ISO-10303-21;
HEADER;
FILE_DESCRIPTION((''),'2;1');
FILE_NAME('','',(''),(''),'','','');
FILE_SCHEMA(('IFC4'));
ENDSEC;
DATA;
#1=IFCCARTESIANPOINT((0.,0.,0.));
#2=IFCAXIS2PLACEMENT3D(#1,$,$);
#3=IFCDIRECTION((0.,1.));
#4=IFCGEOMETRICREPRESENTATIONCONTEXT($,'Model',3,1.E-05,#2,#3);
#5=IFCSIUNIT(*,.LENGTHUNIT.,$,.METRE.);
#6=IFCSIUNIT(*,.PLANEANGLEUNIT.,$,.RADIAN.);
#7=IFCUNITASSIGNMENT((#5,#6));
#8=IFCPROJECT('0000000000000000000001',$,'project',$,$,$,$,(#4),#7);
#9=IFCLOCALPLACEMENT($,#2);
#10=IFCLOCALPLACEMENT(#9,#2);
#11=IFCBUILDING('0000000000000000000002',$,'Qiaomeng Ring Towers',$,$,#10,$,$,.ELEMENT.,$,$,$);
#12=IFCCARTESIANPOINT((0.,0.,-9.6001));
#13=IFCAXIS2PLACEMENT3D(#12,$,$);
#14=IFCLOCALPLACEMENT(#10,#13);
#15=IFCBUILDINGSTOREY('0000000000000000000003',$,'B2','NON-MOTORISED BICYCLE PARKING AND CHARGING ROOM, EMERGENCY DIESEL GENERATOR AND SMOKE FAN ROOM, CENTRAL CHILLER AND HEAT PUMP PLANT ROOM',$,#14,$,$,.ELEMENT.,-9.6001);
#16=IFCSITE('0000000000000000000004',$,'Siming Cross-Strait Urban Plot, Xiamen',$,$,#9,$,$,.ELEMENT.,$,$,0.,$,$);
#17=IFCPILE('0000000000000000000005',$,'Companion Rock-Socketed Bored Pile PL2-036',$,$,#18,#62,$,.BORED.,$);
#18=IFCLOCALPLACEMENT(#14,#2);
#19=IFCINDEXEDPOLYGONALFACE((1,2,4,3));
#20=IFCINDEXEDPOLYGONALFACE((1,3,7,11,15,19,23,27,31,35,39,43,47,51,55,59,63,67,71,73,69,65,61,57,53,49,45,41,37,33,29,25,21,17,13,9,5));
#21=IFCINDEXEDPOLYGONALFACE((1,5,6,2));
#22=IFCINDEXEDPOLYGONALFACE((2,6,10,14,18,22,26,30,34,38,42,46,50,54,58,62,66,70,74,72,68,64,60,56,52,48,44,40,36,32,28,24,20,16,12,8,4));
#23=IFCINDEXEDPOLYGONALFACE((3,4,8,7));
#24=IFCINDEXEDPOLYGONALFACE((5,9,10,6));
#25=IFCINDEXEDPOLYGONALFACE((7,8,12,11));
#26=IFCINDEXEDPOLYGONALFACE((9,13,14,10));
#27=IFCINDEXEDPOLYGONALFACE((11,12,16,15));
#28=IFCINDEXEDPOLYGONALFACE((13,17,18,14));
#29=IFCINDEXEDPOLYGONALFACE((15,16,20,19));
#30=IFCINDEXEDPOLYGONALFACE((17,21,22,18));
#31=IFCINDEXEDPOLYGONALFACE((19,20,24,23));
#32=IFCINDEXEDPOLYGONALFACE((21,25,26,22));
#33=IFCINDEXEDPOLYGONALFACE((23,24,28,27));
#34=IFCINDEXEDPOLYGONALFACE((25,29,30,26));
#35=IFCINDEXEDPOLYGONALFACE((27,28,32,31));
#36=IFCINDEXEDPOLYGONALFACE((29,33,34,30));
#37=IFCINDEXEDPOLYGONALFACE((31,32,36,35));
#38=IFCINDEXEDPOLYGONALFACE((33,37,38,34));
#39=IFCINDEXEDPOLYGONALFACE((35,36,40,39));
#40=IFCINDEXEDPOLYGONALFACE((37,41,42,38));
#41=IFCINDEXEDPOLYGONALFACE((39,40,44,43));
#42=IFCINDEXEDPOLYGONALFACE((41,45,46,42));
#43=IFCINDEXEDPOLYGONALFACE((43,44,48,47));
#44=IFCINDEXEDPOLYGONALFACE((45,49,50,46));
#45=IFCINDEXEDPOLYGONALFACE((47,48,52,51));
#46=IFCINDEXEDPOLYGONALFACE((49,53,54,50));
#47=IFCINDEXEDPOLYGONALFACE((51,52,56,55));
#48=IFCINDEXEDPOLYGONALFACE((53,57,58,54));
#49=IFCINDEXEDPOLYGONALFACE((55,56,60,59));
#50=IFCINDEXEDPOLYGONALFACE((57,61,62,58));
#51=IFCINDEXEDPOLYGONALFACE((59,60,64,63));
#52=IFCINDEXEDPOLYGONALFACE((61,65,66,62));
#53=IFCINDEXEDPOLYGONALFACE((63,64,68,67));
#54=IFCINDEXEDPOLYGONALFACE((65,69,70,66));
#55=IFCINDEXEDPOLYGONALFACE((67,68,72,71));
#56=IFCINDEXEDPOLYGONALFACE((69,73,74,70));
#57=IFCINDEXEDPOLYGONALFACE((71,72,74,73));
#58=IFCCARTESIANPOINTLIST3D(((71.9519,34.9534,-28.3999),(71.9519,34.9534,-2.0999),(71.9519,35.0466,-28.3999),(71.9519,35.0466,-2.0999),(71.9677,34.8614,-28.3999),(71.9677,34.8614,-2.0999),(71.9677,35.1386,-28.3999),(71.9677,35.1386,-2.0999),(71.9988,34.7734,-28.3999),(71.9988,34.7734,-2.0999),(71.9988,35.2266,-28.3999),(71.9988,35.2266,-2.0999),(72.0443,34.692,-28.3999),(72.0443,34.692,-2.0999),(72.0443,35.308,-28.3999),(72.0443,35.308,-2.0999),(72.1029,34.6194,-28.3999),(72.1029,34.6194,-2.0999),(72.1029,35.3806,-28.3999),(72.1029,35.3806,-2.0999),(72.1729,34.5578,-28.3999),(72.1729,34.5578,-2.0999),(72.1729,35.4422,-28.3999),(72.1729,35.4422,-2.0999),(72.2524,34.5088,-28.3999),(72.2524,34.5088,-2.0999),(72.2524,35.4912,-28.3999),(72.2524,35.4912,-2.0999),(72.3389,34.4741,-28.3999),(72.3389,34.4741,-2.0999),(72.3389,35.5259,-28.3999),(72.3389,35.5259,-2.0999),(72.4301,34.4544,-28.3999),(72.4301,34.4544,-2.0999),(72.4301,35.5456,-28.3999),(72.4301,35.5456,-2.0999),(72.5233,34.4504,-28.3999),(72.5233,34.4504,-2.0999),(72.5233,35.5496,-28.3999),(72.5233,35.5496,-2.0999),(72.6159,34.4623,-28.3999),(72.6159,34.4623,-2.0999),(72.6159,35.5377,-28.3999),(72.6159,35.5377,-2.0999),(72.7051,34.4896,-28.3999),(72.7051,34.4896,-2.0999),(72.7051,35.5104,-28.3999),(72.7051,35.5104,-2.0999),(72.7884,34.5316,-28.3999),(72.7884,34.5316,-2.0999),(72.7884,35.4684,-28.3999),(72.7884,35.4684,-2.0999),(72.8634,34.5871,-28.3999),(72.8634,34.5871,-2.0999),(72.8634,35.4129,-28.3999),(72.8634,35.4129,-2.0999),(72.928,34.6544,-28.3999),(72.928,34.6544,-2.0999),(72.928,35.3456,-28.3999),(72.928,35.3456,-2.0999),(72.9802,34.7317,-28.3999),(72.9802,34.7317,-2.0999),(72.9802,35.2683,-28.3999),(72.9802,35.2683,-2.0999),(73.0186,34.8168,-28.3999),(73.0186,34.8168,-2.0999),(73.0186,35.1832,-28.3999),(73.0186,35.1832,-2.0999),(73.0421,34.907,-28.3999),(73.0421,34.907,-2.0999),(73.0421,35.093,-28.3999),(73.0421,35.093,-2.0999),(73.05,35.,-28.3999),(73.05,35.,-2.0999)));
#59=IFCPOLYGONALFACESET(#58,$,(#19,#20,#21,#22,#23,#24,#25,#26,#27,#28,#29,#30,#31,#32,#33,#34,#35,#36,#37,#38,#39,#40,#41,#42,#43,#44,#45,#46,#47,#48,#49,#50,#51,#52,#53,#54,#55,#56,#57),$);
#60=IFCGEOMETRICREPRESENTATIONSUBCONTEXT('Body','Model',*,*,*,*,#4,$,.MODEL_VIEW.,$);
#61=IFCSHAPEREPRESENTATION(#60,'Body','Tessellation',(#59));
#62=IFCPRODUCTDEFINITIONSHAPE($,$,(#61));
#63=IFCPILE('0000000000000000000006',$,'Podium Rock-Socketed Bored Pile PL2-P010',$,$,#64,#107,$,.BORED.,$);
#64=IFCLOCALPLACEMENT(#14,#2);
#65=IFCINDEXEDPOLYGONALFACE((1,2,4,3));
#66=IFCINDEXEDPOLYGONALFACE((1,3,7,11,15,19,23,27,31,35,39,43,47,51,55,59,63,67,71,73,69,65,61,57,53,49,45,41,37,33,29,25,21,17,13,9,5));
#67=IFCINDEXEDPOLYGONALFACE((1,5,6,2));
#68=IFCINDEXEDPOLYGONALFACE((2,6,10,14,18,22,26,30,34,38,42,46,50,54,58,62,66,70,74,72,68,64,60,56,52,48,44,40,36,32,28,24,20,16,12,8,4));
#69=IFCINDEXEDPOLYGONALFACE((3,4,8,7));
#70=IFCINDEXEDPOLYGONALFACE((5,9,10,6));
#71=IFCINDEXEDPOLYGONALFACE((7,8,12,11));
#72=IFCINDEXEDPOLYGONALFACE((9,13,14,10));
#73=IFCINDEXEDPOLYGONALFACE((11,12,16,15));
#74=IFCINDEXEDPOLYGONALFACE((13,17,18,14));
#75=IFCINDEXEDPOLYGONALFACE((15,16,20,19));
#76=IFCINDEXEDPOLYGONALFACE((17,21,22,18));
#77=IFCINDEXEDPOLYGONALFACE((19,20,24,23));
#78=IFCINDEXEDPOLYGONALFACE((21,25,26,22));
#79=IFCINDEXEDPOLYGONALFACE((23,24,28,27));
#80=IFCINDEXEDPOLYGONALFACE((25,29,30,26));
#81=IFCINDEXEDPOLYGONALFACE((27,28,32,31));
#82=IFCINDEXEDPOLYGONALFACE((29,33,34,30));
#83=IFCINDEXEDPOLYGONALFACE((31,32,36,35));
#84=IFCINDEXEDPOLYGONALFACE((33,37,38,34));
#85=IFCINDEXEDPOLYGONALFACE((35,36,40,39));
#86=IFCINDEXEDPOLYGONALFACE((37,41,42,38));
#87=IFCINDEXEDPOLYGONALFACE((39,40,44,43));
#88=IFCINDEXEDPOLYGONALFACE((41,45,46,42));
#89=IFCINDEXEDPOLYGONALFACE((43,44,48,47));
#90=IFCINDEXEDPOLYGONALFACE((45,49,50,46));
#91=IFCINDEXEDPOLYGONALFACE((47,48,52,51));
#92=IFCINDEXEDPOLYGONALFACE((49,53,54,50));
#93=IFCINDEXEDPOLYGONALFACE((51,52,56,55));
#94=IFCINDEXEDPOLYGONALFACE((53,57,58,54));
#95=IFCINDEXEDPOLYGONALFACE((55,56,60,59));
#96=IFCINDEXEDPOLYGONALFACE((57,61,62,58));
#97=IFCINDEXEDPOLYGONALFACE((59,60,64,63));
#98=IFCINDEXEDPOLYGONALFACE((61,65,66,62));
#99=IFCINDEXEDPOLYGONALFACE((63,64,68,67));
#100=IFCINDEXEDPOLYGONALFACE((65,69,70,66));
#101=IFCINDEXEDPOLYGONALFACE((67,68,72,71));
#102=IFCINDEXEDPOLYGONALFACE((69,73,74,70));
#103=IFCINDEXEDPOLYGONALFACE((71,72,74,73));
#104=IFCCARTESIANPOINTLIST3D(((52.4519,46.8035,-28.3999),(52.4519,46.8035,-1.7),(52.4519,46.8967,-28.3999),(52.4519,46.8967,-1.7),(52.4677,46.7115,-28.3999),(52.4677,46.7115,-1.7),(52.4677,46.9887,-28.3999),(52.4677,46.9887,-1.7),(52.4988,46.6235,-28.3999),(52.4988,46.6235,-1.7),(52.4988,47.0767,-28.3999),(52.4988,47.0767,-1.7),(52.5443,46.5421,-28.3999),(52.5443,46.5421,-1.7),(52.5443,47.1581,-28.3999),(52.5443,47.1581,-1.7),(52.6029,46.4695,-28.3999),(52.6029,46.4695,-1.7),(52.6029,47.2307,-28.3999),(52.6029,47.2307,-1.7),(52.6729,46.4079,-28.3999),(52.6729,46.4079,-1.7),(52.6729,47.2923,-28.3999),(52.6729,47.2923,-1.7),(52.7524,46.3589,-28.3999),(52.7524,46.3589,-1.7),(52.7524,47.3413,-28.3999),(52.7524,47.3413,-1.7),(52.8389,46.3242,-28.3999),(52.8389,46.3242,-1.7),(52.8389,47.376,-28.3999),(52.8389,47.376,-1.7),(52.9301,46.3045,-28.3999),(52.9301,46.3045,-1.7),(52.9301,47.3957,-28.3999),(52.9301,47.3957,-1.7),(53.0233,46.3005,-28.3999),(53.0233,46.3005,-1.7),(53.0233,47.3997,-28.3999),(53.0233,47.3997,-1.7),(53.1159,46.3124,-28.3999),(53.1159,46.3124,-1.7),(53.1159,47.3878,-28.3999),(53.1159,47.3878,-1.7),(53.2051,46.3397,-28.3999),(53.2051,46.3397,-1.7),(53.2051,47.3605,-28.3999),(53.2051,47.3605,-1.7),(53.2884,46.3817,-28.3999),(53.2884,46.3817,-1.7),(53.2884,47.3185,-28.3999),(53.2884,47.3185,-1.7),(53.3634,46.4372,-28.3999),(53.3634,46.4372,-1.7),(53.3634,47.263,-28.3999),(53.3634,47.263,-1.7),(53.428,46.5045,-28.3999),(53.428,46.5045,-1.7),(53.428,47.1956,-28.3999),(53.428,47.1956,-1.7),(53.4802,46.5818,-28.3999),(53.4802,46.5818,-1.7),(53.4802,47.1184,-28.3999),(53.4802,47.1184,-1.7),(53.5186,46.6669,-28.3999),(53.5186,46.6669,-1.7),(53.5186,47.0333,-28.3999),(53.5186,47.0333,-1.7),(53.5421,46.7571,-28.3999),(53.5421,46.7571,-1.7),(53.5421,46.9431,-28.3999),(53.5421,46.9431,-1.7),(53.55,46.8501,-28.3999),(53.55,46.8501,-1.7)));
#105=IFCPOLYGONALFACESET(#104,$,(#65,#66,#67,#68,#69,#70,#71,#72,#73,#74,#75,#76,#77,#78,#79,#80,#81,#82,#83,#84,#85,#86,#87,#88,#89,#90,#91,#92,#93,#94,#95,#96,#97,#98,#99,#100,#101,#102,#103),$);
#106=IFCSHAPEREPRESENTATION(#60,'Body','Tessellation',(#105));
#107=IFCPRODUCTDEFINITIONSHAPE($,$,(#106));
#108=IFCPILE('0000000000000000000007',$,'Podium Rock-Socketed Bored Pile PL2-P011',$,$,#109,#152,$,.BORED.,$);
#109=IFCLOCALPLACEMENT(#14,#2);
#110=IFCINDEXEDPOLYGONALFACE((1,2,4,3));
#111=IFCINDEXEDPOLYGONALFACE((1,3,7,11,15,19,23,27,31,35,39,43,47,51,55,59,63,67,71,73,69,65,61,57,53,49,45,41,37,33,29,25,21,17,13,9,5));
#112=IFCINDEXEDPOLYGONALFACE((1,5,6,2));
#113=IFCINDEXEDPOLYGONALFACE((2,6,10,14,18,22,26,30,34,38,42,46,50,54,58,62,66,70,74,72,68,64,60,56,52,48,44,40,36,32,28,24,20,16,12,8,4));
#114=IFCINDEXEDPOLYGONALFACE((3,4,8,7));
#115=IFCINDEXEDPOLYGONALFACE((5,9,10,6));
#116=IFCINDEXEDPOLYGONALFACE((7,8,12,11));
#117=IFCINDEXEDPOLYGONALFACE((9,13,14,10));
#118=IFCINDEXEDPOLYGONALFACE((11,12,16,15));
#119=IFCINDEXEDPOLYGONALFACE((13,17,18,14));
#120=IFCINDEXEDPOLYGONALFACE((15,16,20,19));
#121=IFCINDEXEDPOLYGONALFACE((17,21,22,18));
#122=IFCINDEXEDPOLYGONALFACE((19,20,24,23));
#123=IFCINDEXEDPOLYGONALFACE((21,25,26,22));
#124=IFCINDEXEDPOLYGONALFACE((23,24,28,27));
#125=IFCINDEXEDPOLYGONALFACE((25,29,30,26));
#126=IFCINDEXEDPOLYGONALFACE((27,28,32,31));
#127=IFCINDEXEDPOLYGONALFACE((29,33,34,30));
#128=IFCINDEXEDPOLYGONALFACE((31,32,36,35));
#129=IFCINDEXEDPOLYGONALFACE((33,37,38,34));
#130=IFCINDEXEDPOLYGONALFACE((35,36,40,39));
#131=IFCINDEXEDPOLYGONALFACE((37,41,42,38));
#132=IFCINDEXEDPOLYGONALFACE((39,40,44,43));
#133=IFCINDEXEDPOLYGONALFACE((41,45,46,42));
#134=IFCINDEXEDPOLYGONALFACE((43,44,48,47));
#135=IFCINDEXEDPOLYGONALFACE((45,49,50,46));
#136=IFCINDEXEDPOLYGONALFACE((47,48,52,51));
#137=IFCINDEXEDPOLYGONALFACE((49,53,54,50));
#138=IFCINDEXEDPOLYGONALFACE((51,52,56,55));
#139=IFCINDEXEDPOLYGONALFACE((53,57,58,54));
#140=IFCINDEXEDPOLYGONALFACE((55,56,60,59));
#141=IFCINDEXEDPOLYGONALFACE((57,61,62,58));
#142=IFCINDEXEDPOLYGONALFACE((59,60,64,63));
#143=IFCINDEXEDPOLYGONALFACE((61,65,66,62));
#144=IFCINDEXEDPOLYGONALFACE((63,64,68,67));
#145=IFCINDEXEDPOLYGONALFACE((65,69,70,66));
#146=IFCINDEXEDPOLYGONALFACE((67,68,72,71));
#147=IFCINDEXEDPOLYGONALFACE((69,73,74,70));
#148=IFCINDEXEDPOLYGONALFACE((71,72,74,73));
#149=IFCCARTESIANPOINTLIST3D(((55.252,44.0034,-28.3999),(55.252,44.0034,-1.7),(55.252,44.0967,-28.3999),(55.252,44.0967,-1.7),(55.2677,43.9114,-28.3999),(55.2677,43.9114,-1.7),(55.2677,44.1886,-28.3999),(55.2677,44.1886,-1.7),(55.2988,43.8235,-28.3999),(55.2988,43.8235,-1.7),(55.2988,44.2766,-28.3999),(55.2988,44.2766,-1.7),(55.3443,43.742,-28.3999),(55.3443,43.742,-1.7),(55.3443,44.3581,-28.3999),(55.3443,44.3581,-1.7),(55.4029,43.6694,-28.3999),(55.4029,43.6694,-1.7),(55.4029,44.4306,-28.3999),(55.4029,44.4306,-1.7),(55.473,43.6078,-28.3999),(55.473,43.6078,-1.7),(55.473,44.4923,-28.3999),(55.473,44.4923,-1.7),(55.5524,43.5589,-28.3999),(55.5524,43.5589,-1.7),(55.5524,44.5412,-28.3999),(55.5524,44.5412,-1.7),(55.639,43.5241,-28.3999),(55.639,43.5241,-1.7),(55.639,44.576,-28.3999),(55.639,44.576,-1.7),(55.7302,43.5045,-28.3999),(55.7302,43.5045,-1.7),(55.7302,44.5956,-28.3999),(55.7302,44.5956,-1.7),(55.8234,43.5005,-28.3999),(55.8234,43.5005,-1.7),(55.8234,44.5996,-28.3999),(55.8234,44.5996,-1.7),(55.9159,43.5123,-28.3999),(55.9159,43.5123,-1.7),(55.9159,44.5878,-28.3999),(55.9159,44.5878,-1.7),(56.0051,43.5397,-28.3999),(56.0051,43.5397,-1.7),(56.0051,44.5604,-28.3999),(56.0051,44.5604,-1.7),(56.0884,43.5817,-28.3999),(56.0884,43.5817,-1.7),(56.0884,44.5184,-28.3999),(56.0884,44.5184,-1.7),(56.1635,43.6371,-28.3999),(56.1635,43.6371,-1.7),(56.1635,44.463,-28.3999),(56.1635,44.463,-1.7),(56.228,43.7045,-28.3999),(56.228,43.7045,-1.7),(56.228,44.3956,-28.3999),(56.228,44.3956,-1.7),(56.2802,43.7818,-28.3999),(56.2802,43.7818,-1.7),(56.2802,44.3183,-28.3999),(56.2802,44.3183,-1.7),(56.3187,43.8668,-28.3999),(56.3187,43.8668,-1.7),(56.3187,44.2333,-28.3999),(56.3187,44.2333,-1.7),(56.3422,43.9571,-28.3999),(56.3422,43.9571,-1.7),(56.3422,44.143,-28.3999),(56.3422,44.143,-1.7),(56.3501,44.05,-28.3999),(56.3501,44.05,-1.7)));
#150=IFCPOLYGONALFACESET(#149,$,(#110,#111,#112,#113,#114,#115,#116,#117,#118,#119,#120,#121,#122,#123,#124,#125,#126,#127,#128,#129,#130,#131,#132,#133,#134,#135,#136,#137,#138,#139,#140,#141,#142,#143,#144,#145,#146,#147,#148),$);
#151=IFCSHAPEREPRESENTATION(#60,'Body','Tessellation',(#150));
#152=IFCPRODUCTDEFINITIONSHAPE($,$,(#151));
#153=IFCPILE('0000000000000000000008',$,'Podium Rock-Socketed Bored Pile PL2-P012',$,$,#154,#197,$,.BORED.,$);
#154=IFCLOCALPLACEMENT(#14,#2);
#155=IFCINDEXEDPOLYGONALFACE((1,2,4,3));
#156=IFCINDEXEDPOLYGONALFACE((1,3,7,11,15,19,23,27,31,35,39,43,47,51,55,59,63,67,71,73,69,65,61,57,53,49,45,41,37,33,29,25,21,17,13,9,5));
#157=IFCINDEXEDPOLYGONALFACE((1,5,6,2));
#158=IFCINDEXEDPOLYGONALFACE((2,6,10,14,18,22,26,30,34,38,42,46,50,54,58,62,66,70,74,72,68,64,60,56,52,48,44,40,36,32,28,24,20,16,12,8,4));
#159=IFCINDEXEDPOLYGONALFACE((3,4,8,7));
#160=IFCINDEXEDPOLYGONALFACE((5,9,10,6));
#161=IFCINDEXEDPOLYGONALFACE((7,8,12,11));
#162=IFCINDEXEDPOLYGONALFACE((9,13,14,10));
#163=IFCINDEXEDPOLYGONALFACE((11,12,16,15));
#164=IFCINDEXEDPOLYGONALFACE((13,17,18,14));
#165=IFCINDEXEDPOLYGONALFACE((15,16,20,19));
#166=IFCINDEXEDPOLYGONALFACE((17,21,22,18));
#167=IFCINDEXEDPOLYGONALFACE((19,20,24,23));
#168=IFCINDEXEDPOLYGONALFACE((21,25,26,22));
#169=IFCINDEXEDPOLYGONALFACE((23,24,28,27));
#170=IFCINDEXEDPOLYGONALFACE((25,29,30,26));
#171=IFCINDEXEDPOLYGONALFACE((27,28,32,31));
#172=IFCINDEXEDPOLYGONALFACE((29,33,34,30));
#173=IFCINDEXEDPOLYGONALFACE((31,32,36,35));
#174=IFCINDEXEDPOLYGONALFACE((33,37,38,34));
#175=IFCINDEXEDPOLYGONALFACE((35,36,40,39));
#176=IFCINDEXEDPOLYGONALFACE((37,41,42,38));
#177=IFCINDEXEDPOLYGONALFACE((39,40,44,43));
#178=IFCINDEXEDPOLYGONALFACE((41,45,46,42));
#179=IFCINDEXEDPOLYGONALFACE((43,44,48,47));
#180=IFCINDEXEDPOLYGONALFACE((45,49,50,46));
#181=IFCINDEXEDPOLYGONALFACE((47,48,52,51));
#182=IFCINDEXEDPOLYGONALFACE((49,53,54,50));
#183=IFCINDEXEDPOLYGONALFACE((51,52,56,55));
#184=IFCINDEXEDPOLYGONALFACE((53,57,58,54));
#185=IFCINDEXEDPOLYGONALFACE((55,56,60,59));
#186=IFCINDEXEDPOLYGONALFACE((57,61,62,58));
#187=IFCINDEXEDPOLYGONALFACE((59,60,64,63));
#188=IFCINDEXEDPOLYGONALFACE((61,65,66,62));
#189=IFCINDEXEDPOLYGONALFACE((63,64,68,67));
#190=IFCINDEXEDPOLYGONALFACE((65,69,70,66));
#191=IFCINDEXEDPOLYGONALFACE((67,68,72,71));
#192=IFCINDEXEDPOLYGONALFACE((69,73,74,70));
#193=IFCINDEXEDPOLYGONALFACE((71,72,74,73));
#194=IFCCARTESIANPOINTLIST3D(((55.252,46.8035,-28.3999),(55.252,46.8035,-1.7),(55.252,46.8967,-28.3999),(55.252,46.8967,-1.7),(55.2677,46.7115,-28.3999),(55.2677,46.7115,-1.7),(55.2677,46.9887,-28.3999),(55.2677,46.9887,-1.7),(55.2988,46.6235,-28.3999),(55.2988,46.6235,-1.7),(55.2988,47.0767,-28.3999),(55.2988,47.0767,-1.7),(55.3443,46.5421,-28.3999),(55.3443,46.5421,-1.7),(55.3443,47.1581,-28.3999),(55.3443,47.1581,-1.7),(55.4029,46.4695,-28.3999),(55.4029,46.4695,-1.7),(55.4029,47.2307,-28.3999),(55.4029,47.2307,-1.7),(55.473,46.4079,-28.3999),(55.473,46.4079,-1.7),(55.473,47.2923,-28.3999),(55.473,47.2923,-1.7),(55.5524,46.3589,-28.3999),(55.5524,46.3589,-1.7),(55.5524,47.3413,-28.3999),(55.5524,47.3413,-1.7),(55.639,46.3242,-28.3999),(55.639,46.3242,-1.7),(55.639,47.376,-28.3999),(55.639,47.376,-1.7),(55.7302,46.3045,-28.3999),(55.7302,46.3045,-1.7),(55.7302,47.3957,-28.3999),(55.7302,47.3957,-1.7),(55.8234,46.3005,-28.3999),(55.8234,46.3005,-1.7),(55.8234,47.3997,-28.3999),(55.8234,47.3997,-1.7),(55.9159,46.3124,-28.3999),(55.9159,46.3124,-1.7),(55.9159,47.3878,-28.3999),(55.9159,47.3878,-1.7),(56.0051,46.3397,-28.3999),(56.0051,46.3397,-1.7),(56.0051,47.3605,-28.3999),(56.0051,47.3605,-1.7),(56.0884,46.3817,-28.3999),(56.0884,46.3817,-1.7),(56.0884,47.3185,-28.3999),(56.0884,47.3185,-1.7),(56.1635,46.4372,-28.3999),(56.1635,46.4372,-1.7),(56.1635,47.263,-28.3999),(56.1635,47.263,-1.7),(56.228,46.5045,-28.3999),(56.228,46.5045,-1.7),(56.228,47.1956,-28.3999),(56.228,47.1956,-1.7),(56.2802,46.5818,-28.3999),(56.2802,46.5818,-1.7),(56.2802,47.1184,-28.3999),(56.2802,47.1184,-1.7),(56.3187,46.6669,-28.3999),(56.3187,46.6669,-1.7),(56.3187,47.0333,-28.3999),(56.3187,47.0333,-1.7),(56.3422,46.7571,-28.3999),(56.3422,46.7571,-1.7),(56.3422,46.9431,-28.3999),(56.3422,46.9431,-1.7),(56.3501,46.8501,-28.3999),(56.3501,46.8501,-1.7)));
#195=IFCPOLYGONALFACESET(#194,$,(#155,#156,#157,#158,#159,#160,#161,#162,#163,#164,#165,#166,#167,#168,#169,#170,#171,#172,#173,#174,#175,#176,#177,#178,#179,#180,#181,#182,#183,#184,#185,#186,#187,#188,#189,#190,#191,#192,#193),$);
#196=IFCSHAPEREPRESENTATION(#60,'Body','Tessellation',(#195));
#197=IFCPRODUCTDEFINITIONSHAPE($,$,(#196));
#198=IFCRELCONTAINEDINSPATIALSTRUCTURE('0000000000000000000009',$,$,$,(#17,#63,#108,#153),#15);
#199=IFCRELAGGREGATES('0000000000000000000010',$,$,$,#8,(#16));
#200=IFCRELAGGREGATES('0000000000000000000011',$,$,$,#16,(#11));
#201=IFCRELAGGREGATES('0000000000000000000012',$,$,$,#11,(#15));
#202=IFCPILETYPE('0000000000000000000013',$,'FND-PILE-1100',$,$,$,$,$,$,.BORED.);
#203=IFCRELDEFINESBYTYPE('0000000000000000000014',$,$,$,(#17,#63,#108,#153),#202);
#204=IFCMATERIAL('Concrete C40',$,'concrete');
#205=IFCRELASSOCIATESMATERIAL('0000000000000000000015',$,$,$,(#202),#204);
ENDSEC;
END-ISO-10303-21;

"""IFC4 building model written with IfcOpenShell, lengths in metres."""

from ifc_helpers import new_model, si_unit, direction, frame, origin, origin_2d, place, context, subcontext, project, spatial, circle, extrude, source, transform, mapped, material, material_profile, profile_set, type_object, element, save


model = new_model("IFC4")

# Units and contexts
model_context = context("Model", 3, precision=1e-05, world=origin(), true_north=direction((0.0, 1.0)))
body_context = subcontext(model_context, "Body", "Model", "MODEL_VIEW")
ifc_project = project(units=[si_unit("LENGTHUNIT", "METRE"), si_unit("PLANEANGLEUNIT", "RADIAN")], contexts=[model_context])

# Site, building, storey
site_placement = place(None, origin())
site = spatial("IfcSite", under=ifc_project, at=site_placement, Name="Siming Cross-Strait Urban Plot, Xiamen", CompositionType="ELEMENT", RefElevation=0.0)
building_placement = place(site_placement, origin())
building = spatial("IfcBuilding", under=site, at=building_placement, Name="Qiaomeng Ring Towers", CompositionType="ELEMENT")
storey_placement = place(building_placement, frame((0.0, 0.0, -9.6001)))
storey = spatial("IfcBuildingStorey", under=building, at=storey_placement, Name="B2", Description="NON-MOTORISED BICYCLE PARKING AND CHARGING ROOM, EMERGENCY DIESEL GENERATOR AND SMOKE FAN ROOM, CENTRAL CHILLER AND HEAT PUMP PLANT ROOM", CompositionType="ELEMENT", Elevation=-9.6001)

# Piles
ifc_material_1 = material(Name="Concrete C40", Category="concrete")
ifc_material_profile_1 = material_profile(ifc_material_1, circle(Radius=0.55, at=origin_2d()), Name="BORED PILE 1100")
ifc_profile_set_1 = profile_set([ifc_material_profile_1], Name="Concrete C40")
pile_type = type_object("IfcPileType", Name="FND-PILE-1100", PredefinedType="BORED", material=ifc_profile_set_1)
shared_shape_1 = source(origin(), body_context, "Body", "SweptSolid", [
    extrude(circle(Radius=0.55, at=origin_2d()), origin(), (0.0, 0.0, 1.0), 26.3),
])
for number, where, z_axis, x_axis, name in (
    (1, (72.5, 35.0, -2.0999), (0.0, 0.0, -1.0), (1.0, 0.0, 0.0), "Companion Rock-Socketed Bored Pile PL2-036"),
):
    element("IfcPile", number, at=place(storey_placement, frame(where, z_axis=z_axis, x_axis=x_axis)), inside=storey, type_object=pile_type, Name=name, PredefinedType="BORED", context=body_context, shape_type="MappedRepresentation", body=[
        mapped(shared_shape_1, transform((0.0, 0.0, 0.0), x_axis=(1.0, 0.0, 0.0), y_axis=(0.0, 1.0, 0.0), z_axis=(0.0, 0.0, 1.0), scale=1.0)),
    ])
shared_shape_2 = source(origin(), body_context, "Body", "SweptSolid", [
    extrude(circle(Radius=0.55, at=origin_2d()), origin(), (0.0, 0.0, 1.0), 26.7),
])
for number, where, z_axis, x_axis, name in (
    (2, (53.0, 46.8501, -1.7), (0.0, 0.0, -1.0), (1.0, 0.0, 0.0), "Podium Rock-Socketed Bored Pile PL2-P010"),
    (3, (55.8, 44.05, -1.7), (0.0, 0.0, -1.0), (1.0, 0.0, 0.0), "Podium Rock-Socketed Bored Pile PL2-P011"),
    (4, (55.8, 46.8501, -1.7), (0.0, 0.0, -1.0), (1.0, 0.0, 0.0), "Podium Rock-Socketed Bored Pile PL2-P012"),
):
    element("IfcPile", number, at=place(storey_placement, frame(where, z_axis=z_axis, x_axis=x_axis)), inside=storey, type_object=pile_type, Name=name, PredefinedType="BORED", context=body_context, shape_type="MappedRepresentation", body=[
        mapped(shared_shape_2, transform((0.0, 0.0, 0.0), x_axis=(1.0, 0.0, 0.0), y_axis=(0.0, 1.0, 0.0), z_axis=(0.0, 0.0, 1.0), scale=1.0)),
    ])

save(model, "model.ifc")
